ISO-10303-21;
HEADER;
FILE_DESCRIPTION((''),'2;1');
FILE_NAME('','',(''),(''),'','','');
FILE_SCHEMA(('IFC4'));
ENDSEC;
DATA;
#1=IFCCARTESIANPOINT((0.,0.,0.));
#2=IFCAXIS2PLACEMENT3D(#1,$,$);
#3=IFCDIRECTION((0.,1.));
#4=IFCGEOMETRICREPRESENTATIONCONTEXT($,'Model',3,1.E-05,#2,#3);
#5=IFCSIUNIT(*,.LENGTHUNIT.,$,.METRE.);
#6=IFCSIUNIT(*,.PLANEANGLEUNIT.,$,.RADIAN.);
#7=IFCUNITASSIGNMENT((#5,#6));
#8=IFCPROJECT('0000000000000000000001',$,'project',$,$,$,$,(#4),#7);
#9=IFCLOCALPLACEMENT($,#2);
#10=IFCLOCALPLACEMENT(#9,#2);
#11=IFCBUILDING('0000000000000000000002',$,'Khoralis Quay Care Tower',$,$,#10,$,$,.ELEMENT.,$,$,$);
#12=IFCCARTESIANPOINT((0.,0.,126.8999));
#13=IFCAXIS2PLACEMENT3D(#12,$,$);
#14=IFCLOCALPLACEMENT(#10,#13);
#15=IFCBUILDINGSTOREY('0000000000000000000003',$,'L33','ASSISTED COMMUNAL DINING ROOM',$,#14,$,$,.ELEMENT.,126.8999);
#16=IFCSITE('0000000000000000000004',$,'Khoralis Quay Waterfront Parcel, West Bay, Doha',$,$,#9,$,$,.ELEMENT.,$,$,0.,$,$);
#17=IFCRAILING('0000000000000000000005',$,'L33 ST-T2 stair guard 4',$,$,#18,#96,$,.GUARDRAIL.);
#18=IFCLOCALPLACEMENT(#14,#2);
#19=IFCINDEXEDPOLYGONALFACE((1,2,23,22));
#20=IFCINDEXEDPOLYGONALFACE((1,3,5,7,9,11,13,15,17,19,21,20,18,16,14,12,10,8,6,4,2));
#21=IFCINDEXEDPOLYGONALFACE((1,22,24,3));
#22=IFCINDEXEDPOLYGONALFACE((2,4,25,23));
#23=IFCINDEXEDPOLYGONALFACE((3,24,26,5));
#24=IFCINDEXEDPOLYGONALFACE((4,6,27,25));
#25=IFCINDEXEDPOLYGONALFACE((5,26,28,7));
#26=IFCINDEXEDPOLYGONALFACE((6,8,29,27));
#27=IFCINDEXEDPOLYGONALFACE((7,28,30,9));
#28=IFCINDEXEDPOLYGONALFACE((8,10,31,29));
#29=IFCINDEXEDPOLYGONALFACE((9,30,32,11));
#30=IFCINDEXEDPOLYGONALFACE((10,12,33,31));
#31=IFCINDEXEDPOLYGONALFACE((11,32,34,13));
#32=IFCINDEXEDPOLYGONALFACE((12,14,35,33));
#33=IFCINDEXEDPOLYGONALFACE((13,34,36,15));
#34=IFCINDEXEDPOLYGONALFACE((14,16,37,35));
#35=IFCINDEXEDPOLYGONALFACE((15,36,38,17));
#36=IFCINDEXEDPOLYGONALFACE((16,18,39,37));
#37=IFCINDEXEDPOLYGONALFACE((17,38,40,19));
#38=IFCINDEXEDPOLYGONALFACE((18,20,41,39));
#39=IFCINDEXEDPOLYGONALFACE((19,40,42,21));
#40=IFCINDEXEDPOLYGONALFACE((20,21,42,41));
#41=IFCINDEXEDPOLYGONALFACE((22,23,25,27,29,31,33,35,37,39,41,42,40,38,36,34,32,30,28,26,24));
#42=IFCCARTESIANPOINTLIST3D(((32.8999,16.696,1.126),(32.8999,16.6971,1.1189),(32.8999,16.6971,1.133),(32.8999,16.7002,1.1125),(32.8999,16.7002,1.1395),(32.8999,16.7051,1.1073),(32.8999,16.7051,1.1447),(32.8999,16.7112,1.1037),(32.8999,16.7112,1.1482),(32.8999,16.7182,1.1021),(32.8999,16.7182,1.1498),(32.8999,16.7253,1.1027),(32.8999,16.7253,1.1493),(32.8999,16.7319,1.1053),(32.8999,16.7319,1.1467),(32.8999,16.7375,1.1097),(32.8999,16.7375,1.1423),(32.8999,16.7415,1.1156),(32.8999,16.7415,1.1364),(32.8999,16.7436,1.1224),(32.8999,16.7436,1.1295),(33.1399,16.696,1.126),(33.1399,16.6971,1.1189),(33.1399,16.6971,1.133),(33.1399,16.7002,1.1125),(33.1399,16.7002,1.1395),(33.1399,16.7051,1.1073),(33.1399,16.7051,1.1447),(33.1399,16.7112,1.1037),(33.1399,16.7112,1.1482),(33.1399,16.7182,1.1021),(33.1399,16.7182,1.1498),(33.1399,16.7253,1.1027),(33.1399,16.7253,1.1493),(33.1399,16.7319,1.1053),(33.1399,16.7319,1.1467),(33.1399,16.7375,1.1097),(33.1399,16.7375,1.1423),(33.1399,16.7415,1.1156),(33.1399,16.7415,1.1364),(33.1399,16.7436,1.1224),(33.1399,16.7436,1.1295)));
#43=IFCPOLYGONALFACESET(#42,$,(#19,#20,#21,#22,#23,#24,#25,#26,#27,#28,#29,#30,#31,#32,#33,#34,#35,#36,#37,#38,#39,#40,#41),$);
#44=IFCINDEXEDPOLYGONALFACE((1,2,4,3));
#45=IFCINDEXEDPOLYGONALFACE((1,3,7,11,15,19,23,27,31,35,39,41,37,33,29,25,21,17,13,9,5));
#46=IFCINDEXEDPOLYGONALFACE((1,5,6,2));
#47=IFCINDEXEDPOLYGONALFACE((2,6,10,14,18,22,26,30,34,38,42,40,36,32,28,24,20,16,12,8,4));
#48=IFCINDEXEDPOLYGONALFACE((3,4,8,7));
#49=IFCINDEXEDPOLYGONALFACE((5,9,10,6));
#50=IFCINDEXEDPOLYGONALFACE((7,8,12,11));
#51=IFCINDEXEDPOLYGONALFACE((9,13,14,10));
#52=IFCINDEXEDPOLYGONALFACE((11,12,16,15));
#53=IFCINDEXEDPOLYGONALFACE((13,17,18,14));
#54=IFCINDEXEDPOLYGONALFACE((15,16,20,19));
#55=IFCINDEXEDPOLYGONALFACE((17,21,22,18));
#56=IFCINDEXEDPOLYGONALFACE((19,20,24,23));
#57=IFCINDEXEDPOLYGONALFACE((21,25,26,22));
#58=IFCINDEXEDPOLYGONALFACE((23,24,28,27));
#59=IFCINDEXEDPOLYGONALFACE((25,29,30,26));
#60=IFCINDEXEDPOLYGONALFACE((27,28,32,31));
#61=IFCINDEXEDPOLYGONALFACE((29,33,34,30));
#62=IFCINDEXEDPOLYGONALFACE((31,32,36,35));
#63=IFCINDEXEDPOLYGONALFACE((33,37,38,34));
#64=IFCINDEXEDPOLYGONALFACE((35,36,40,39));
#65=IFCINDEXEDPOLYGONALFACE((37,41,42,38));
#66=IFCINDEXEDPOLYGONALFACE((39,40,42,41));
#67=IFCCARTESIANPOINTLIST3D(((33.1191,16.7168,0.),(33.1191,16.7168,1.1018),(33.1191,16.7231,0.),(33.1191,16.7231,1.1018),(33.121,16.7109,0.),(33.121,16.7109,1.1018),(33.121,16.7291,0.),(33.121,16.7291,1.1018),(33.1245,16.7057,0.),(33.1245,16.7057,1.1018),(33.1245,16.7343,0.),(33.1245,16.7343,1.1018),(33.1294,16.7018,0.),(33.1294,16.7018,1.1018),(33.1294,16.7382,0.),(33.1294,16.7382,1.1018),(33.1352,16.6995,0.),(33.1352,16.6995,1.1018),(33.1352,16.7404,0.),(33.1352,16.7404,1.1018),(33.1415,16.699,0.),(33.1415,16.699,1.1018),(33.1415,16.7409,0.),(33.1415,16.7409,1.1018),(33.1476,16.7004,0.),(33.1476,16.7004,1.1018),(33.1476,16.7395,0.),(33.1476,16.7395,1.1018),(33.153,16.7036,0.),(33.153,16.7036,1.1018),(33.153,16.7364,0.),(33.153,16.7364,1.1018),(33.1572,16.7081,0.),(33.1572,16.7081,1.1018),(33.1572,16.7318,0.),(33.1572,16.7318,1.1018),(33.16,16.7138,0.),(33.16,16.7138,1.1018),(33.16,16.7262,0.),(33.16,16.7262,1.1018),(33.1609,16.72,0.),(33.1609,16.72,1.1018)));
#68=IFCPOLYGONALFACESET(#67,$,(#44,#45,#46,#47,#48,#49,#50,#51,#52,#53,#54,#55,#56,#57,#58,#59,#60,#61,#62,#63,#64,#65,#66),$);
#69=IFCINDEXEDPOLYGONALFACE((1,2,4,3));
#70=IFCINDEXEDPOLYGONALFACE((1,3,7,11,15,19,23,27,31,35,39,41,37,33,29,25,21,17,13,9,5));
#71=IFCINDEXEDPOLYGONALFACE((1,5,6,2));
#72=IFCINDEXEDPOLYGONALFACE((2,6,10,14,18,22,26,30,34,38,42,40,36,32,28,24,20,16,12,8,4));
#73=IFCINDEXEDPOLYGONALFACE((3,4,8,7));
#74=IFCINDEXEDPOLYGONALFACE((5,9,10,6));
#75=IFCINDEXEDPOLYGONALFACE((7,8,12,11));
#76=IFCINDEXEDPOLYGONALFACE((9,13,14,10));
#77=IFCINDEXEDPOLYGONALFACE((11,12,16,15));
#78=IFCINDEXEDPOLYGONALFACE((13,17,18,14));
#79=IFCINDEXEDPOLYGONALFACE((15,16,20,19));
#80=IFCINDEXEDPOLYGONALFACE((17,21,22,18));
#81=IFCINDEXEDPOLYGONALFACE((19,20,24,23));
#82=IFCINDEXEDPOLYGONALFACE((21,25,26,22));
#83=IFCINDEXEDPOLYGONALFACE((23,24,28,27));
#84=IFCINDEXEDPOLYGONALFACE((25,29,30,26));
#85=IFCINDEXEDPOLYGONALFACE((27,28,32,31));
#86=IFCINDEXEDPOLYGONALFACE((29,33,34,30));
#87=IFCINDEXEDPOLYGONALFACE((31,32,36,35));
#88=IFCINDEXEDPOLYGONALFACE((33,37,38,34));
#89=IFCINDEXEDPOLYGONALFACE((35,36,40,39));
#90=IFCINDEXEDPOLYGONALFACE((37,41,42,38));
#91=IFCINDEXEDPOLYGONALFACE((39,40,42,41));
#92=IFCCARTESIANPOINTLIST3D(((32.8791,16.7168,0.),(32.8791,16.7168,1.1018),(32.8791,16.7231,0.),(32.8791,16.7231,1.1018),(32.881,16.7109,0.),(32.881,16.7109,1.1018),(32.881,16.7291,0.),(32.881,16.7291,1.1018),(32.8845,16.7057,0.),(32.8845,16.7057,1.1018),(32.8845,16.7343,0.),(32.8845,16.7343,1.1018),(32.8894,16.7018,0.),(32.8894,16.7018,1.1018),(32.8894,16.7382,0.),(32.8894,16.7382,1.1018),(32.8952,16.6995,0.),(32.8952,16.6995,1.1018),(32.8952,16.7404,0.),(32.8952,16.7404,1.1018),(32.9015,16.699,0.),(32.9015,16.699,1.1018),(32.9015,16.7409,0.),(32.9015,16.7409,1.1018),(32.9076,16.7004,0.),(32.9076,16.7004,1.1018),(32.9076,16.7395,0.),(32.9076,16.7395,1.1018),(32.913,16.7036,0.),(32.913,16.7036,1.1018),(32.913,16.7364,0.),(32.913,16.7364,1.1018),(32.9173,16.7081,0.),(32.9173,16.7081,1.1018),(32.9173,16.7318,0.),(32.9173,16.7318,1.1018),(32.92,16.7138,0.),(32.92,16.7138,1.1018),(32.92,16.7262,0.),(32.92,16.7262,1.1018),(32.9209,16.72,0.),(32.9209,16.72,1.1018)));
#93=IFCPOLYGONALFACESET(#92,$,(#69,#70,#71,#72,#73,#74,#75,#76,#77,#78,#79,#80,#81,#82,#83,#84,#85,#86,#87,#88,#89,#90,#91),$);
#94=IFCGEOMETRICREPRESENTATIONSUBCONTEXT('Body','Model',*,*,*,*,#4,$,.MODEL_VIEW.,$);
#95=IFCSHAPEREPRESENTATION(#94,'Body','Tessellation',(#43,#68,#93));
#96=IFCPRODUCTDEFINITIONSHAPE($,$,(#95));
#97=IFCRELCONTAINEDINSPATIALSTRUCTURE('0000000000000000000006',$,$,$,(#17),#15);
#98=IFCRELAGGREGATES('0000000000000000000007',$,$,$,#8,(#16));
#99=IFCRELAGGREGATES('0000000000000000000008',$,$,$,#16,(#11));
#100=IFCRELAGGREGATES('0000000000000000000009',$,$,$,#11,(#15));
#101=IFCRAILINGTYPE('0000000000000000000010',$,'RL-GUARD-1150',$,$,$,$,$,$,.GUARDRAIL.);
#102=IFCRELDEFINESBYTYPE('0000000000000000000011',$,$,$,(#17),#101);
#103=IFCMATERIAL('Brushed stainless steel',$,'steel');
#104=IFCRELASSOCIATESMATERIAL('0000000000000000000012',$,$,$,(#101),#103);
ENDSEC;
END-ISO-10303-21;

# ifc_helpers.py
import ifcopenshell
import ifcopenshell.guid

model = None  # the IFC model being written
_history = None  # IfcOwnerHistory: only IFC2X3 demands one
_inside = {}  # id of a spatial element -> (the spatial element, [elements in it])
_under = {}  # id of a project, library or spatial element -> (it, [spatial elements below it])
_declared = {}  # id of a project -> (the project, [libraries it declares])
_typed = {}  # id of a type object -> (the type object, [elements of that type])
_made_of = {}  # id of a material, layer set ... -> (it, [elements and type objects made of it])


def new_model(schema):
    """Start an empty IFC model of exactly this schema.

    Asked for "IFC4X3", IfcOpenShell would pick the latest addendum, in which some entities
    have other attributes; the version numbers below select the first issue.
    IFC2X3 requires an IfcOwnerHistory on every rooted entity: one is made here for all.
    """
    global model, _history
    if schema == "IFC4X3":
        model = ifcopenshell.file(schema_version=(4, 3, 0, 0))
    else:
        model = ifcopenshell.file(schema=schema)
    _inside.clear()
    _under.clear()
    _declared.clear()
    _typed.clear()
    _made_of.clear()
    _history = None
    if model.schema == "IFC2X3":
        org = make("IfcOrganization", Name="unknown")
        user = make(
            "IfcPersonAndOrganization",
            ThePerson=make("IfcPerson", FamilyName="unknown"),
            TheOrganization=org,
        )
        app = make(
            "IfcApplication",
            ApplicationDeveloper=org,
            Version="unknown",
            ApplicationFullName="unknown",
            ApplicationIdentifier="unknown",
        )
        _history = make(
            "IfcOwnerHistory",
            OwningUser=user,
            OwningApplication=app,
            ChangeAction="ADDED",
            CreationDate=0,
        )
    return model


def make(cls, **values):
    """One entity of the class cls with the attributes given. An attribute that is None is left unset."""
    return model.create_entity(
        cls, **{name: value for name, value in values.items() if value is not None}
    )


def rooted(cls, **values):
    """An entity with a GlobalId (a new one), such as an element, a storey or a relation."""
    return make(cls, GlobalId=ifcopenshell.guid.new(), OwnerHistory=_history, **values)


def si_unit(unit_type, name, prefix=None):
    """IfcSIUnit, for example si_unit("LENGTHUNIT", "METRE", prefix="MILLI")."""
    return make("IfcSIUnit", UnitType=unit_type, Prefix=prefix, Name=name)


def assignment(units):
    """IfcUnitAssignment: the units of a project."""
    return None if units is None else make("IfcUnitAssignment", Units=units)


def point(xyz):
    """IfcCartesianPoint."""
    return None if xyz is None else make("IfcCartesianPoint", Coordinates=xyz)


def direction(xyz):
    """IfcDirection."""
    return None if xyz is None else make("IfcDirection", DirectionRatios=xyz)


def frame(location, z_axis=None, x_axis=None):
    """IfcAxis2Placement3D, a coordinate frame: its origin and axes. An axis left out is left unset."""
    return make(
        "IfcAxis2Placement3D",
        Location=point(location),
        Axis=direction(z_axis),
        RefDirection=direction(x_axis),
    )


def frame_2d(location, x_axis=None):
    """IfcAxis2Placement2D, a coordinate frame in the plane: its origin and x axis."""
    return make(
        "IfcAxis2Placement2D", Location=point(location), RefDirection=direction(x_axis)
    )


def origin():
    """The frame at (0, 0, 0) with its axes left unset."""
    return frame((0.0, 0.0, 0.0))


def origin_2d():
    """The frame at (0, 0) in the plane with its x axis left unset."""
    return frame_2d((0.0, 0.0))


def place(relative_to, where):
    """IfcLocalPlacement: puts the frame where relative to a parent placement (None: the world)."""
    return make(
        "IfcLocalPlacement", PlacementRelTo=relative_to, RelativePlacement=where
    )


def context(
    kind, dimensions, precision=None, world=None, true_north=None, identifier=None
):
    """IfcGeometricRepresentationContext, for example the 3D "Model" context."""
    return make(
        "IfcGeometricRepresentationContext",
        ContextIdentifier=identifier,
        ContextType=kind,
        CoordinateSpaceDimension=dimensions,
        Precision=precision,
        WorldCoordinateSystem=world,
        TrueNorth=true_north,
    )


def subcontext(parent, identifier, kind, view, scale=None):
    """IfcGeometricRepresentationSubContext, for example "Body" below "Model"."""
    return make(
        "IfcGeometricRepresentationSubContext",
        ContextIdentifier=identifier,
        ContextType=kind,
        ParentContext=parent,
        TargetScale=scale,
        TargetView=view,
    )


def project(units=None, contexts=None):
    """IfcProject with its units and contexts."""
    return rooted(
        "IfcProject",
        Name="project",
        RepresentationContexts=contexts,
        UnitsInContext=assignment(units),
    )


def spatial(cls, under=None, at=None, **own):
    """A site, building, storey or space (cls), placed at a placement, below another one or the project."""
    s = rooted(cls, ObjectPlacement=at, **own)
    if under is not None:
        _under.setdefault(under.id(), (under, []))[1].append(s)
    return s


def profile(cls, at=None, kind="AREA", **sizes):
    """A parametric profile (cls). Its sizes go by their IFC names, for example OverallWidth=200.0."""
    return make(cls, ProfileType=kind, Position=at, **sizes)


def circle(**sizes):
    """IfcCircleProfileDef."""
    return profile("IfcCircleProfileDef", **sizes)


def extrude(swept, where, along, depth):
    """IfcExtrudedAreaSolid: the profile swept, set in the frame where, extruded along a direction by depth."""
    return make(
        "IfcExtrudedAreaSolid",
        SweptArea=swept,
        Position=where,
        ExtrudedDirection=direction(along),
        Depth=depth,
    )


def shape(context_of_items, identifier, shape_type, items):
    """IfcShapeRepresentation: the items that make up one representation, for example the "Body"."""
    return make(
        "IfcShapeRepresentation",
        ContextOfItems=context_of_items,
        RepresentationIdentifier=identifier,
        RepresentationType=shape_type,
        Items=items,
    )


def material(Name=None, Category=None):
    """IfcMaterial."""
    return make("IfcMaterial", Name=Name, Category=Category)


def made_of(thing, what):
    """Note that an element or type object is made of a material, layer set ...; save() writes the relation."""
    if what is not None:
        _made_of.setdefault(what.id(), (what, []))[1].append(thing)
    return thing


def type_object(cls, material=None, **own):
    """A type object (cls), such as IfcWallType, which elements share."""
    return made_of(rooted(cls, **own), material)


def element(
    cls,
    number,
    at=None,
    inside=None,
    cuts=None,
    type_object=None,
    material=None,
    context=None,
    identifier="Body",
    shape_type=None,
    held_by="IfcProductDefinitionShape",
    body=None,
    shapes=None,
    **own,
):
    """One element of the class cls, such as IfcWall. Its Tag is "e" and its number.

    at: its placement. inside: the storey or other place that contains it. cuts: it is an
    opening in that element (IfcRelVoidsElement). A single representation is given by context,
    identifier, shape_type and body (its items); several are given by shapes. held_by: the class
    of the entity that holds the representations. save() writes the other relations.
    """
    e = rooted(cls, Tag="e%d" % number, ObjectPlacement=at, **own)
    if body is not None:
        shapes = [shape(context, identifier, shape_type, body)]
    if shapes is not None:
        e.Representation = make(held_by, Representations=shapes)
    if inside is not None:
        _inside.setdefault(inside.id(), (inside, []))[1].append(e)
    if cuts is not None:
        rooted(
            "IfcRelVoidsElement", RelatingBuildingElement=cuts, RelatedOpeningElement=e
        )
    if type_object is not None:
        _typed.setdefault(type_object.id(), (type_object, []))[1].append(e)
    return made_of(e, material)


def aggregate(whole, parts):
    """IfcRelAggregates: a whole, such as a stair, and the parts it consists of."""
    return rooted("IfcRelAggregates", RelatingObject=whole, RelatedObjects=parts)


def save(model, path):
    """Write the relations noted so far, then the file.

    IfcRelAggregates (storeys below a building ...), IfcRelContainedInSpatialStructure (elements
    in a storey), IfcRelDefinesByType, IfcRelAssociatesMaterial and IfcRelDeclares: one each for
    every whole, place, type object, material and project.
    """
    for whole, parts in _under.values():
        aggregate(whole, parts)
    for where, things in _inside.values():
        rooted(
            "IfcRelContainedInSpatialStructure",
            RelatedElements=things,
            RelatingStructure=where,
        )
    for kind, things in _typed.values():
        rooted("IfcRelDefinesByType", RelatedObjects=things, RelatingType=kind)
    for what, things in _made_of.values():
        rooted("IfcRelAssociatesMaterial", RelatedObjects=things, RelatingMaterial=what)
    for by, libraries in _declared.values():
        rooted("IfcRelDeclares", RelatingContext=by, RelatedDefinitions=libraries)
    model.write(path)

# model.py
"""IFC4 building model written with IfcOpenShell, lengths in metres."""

from ifc_helpers import new_model, si_unit, direction, frame, origin, origin_2d, place, context, subcontext, project, spatial, circle, extrude, material, type_object, element, save


model = new_model("IFC4")

# Units and contexts
model_context = context("Model", 3, precision=1e-05, world=origin(), true_north=direction((0.0, 1.0)))
body_context = subcontext(model_context, "Body", "Model", "MODEL_VIEW")
ifc_project = project(units=[si_unit("LENGTHUNIT", "METRE"), si_unit("PLANEANGLEUNIT", "RADIAN")], contexts=[model_context])

# Site, building, storey
site_placement = place(None, origin())
site = spatial("IfcSite", under=ifc_project, at=site_placement, Name="Khoralis Quay Waterfront Parcel, West Bay, Doha", CompositionType="ELEMENT", RefElevation=0.0)
building_placement = place(site_placement, origin())
building = spatial("IfcBuilding", under=site, at=building_placement, Name="Khoralis Quay Care Tower", CompositionType="ELEMENT")
storey_placement = place(building_placement, frame((0.0, 0.0, 126.8999)))
storey = spatial("IfcBuildingStorey", under=building, at=storey_placement, Name="L33", Description="ASSISTED COMMUNAL DINING ROOM", CompositionType="ELEMENT", Elevation=126.8999)

# Railing
ifc_material_1 = material(Name="Brushed stainless steel", Category="steel")
railing_type_1 = type_object("IfcRailingType", Name="RL-GUARD-1150", PredefinedType="GUARDRAIL", material=ifc_material_1)
railing_1_placement = place(storey_placement, frame((33.1399, 16.72, 0.0)))
element("IfcRailing", 1, at=railing_1_placement, inside=storey, type_object=railing_type_1, Name="L33 ST-T2 stair guard 4", PredefinedType="GUARDRAIL", context=body_context, shape_type="SweptSolid", body=[
    extrude(circle(Radius=0.0239, at=origin_2d()), frame((0.0, 0.0, 1.126), z_axis=(-1.0, 0.0, 0.0), x_axis=(0.0, -1.0, 0.0)), (0.0, 0.0, 1.0), 0.24),
    extrude(circle(Radius=0.021, at=origin_2d()), origin(), (0.0, 0.0, 1.0), 1.1018),
    extrude(circle(Radius=0.021, at=origin_2d()), frame((-0.24, 0.0, 0.0)), (0.0, 0.0, 1.0), 1.1018),
])

save(model, "model.ifc")
